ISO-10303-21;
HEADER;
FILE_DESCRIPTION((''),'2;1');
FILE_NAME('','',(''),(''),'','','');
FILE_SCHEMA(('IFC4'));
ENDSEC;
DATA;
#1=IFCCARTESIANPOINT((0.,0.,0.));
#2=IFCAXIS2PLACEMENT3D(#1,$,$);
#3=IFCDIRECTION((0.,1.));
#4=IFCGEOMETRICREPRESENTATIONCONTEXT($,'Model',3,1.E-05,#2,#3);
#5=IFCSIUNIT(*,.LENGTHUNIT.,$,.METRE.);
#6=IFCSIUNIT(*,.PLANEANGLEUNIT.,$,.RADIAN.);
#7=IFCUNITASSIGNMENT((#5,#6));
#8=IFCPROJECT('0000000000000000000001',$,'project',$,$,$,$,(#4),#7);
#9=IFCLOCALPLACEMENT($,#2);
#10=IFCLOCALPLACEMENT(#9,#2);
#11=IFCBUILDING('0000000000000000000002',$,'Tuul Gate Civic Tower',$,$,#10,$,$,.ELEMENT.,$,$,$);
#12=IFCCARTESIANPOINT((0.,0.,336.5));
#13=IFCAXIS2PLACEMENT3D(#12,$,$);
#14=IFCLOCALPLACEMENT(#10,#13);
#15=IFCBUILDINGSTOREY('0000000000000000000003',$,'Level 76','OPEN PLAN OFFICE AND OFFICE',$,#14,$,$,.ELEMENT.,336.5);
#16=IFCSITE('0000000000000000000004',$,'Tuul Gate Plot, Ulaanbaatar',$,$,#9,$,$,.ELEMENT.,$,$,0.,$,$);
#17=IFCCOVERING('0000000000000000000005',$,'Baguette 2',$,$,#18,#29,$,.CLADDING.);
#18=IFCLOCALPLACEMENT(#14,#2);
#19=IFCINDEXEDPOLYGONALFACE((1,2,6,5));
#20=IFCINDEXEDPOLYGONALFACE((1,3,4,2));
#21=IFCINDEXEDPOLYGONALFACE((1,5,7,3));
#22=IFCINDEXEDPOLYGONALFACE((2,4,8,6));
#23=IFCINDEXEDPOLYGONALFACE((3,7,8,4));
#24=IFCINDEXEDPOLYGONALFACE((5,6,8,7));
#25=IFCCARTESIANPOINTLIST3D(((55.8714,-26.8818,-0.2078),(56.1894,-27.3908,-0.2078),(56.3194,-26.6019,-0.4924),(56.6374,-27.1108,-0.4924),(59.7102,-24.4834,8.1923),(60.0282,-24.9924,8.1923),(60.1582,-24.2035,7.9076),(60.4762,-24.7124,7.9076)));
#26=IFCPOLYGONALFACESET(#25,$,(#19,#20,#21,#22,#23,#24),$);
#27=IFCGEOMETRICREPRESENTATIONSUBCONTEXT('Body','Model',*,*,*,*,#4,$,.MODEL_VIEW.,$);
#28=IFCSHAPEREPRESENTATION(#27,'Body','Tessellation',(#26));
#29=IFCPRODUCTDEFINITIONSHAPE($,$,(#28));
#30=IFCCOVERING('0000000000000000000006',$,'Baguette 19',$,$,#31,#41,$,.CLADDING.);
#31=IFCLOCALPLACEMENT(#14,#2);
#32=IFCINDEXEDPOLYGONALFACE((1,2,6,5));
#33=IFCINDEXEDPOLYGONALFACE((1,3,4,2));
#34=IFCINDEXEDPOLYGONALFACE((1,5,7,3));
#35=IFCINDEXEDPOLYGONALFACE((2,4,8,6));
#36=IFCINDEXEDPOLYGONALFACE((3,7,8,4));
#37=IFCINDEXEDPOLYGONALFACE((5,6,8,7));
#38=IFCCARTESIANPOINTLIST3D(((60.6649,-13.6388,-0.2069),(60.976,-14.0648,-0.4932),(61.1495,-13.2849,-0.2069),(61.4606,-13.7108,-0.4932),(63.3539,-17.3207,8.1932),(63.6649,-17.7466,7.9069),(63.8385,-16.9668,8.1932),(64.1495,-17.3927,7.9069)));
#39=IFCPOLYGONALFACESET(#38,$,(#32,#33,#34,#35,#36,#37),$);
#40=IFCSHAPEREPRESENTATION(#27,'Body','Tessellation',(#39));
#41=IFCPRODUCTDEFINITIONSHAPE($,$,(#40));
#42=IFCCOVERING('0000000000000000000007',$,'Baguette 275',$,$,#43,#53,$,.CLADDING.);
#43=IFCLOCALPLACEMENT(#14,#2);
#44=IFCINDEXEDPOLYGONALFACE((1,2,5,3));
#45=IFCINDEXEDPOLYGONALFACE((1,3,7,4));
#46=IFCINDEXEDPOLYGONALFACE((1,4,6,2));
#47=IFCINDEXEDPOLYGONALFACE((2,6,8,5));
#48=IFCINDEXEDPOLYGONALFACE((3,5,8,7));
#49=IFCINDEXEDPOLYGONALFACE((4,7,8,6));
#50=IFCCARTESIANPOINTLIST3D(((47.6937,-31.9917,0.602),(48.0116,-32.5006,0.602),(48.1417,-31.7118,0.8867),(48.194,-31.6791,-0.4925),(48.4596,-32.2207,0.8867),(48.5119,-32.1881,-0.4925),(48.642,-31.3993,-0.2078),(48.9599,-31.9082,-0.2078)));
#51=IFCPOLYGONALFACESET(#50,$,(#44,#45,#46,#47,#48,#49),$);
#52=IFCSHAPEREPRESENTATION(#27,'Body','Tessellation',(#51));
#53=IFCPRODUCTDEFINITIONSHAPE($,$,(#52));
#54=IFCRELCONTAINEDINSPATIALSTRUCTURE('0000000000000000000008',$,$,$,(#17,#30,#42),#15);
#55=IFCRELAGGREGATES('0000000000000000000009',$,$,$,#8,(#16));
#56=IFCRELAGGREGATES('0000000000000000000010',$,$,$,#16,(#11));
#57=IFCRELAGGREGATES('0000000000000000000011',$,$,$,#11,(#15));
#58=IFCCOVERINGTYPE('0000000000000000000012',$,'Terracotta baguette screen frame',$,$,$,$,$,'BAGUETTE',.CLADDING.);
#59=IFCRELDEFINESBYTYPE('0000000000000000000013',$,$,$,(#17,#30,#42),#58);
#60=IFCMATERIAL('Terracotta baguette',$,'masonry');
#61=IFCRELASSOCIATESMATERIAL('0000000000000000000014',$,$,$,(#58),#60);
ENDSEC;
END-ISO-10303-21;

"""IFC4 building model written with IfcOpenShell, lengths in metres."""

from ifc_helpers import new_model, si_unit, direction, frame, origin, origin_2d, place, context, subcontext, project, spatial, rectangle, extrude, material, material_profile, profile_set, type_object, element, save


model = new_model("IFC4")

# Units and contexts
model_context = context("Model", 3, precision=1e-05, world=origin(), true_north=direction((0.0, 1.0)))
body_context = subcontext(model_context, "Body", "Model", "MODEL_VIEW")
ifc_project = project(units=[si_unit("LENGTHUNIT", "METRE"), si_unit("PLANEANGLEUNIT", "RADIAN")], contexts=[model_context])

# Site, building, storey
site_placement = place(None, origin())
site = spatial("IfcSite", under=ifc_project, at=site_placement, Name="Tuul Gate Plot, Ulaanbaatar", CompositionType="ELEMENT", RefElevation=0.0)
building_placement = place(site_placement, origin())
building = spatial("IfcBuilding", under=site, at=building_placement, Name="Tuul Gate Civic Tower", CompositionType="ELEMENT")
storey_placement = place(building_placement, frame((0.0, 0.0, 336.5)))
storey = spatial("IfcBuildingStorey", under=building, at=storey_placement, Name="Level 76", Description="OPEN PLAN OFFICE AND OFFICE", CompositionType="ELEMENT", Elevation=336.5)

# Coverings
ifc_material_1 = material(Name="Terracotta baguette", Category="masonry")
ifc_material_profile_1 = material_profile(ifc_material_1, rectangle(XDim=0.6001, YDim=0.6001, at=origin_2d()), Name="Terracotta baguette screen frame")
ifc_profile_set_1 = profile_set([ifc_material_profile_1], Name="Terracotta baguette")
covering_type = type_object("IfcCoveringType", Name="Terracotta baguette screen frame", ElementType="BAGUETTE", PredefinedType="CLADDING", material=ifc_profile_set_1)
covering_1_placement = place(storey_placement, frame((56.2544, -26.9963, -0.3501), z_axis=(0.402308, 0.251353, 0.880324), x_axis=(-0.529863, 0.848083, 0.0)))
element("IfcCovering", 1, at=covering_1_placement, inside=storey, type_object=covering_type, Name="Baguette 2", PredefinedType="CLADDING", context=body_context, shape_type="SweptSolid", body=[
    extrude(rectangle(XDim=0.6001, YDim=0.6001, at=origin_2d()), origin(), (0.0, 0.0, 1.0), 9.542),
])
covering_2_placement = place(storey_placement, frame((63.7517, -17.3567, 8.05), z_axis=(-0.281341, 0.385228, -0.87889), x_axis=(-0.807563, -0.589782, 0.0)))
element("IfcCovering", 2, at=covering_2_placement, inside=storey, type_object=covering_type, Name="Baguette 19", PredefinedType="CLADDING", context=body_context, shape_type="SweptSolid", body=[
    extrude(rectangle(XDim=0.6001, YDim=0.6001, at=origin_2d()), origin(), (0.0, 0.0, 1.0), 9.5576),
])
covering_3_placement = place(storey_placement, frame((48.0767, -32.1062, 0.7444), z_axis=(0.402352, 0.251347, -0.880305), x_axis=(-0.529813, 0.848115, 0.0)))
element("IfcCovering", 3, at=covering_3_placement, inside=storey, type_object=covering_type, Name="Baguette 275", PredefinedType="CLADDING", context=body_context, shape_type="SweptSolid", body=[
    extrude(rectangle(XDim=0.6001, YDim=0.6001, at=origin_2d()), origin(), (0.0, 0.0, 1.0), 1.2434),
])

save(model, "model.ifc")
